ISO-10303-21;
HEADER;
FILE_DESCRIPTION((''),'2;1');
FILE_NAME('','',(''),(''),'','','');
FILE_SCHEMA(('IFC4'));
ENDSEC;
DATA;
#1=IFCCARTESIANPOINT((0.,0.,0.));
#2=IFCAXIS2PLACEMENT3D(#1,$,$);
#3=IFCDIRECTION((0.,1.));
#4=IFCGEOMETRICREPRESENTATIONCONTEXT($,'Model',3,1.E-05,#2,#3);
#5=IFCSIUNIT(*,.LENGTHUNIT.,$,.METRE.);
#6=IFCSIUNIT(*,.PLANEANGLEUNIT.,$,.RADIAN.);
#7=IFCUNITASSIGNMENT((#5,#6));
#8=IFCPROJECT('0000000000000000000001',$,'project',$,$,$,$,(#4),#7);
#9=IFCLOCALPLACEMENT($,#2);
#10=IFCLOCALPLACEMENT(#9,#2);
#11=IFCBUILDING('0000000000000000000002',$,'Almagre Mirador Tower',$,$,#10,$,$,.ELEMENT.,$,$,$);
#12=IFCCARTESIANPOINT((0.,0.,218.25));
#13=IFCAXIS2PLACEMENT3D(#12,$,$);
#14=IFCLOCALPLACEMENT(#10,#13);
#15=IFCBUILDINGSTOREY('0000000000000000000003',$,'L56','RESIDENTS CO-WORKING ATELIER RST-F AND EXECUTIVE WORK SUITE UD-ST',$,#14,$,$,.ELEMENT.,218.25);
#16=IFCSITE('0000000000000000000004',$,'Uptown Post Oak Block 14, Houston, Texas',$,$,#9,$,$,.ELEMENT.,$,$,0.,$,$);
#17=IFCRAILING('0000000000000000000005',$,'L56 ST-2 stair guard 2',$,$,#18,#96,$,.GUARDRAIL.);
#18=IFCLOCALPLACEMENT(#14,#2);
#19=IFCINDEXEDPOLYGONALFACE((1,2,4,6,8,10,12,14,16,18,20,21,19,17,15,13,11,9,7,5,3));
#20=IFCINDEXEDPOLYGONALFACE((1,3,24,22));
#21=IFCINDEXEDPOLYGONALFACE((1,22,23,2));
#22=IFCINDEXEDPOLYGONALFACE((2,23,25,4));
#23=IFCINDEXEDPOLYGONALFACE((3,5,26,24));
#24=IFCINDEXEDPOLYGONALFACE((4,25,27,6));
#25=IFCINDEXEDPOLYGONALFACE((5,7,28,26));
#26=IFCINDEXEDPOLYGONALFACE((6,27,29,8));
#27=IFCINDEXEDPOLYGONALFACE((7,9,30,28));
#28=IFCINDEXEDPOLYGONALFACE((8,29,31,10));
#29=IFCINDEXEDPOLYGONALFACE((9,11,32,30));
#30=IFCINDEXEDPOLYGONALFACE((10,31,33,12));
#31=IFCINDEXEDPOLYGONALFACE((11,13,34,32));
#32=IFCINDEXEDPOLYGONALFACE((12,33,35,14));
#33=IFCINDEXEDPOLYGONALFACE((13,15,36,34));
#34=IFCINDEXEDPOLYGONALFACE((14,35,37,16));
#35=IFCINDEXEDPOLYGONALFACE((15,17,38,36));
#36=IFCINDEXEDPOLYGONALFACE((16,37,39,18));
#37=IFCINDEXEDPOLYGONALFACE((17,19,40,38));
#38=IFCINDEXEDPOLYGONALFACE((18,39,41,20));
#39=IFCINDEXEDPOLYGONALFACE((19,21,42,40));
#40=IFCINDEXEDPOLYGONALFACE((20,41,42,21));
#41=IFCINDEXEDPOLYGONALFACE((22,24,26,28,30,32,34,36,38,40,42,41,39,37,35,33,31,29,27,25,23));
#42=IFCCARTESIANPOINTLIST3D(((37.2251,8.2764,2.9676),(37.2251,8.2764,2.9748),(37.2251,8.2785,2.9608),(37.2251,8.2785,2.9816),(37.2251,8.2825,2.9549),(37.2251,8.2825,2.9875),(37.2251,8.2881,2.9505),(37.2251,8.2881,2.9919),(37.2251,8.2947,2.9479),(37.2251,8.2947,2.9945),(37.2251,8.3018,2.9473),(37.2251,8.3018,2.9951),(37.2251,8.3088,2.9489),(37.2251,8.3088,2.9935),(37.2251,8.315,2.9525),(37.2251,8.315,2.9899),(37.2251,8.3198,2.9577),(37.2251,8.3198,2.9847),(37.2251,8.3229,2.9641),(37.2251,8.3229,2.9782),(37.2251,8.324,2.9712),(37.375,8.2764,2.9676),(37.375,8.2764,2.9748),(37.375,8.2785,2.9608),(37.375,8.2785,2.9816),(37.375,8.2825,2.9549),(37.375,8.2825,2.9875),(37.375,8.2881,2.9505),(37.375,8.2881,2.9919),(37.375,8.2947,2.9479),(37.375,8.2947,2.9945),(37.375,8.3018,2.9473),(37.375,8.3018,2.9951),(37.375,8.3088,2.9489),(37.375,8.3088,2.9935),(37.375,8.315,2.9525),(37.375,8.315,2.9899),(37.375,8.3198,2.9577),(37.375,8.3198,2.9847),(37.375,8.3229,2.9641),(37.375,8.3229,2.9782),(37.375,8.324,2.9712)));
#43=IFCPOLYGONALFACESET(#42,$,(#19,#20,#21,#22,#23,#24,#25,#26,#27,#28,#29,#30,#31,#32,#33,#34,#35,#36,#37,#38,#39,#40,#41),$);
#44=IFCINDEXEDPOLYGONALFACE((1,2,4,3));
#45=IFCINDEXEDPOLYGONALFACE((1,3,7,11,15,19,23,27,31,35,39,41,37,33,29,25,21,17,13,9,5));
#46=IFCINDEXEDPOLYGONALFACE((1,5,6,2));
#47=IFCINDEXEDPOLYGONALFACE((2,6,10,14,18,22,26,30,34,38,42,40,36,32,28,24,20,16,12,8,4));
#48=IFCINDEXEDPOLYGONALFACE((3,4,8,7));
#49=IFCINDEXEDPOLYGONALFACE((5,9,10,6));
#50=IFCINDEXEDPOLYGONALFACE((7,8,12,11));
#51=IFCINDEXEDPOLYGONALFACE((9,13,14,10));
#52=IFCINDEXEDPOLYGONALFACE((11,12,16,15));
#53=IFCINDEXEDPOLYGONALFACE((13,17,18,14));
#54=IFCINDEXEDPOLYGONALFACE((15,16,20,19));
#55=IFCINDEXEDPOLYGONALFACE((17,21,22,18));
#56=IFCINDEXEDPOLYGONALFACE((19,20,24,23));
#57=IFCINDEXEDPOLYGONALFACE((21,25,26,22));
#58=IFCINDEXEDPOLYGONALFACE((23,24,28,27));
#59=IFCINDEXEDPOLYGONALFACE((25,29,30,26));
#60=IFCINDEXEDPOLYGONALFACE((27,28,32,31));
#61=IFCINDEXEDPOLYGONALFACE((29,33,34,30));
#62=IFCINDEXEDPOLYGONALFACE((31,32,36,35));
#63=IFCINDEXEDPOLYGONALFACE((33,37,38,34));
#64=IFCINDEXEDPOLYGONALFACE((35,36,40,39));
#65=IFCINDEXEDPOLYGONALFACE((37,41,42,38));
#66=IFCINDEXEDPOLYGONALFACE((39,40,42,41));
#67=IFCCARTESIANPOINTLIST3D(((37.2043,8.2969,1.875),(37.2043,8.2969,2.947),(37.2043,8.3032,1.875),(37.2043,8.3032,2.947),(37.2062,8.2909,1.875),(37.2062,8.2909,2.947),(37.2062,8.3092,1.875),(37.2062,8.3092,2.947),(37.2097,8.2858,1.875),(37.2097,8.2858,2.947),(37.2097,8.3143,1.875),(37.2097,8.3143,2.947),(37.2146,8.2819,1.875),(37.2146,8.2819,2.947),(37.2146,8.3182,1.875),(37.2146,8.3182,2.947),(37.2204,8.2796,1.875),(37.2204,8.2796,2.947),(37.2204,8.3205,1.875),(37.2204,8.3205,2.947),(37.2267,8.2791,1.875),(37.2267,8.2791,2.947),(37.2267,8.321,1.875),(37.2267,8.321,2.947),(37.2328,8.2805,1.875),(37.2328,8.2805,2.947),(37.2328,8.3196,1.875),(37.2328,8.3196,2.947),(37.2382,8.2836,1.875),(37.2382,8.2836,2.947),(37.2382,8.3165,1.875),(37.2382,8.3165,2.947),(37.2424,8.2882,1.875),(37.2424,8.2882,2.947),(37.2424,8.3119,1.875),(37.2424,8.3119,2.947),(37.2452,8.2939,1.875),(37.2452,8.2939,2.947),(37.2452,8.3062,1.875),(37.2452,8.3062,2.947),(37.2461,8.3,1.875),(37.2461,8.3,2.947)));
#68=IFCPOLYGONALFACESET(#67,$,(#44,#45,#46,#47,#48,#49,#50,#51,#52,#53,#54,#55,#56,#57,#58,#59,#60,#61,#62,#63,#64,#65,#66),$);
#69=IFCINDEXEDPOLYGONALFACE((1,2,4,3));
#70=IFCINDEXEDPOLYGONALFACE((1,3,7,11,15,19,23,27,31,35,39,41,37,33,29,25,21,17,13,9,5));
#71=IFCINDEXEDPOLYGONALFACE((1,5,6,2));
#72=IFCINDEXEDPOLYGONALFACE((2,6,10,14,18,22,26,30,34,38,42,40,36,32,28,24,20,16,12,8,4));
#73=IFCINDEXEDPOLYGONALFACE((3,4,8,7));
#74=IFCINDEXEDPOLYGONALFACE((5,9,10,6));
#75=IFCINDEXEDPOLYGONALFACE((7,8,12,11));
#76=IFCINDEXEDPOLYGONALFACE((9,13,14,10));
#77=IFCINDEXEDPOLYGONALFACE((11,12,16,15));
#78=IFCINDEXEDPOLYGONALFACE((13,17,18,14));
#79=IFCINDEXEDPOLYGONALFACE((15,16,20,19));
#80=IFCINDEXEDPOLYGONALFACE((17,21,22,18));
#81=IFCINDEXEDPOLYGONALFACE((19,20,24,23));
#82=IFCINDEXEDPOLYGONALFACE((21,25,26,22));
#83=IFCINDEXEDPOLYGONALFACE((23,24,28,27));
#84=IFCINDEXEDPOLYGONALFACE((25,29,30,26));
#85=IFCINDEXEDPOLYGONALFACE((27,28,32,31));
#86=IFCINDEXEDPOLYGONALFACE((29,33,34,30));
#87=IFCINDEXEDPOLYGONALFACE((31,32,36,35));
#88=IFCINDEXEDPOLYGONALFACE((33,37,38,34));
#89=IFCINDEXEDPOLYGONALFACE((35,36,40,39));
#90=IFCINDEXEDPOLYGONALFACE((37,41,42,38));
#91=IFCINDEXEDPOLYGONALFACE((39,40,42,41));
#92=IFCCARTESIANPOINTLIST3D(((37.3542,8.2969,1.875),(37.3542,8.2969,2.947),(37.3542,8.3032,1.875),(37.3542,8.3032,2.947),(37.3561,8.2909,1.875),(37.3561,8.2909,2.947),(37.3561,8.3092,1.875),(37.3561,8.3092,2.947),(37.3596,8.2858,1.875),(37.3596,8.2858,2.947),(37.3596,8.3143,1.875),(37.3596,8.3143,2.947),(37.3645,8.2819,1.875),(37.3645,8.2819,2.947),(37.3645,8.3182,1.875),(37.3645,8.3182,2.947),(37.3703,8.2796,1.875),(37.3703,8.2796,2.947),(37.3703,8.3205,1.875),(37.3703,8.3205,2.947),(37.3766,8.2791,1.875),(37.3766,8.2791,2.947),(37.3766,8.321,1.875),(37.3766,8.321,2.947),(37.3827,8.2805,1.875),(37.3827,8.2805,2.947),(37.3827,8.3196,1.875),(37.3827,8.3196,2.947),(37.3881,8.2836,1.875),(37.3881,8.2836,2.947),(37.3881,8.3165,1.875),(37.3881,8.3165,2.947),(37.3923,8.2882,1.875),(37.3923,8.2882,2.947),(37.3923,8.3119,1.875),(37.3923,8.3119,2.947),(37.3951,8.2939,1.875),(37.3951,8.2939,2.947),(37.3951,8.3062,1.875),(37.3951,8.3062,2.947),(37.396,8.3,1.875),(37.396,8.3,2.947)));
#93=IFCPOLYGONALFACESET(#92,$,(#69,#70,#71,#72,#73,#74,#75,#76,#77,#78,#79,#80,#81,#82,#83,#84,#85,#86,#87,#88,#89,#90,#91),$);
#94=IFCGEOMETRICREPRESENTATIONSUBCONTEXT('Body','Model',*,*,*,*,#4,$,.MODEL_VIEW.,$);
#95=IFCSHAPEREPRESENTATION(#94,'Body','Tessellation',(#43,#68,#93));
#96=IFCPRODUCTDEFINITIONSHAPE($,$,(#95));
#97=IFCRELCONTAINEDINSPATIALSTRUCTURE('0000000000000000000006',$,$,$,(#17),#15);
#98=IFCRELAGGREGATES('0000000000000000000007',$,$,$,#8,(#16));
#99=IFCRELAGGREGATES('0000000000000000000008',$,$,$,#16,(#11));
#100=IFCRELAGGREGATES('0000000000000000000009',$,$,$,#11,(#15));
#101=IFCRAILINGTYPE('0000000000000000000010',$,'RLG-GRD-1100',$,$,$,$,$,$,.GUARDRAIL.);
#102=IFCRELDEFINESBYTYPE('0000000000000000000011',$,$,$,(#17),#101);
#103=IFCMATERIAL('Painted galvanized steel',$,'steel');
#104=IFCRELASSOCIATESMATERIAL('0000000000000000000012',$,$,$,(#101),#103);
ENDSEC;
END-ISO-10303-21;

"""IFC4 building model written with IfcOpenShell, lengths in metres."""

from ifc_helpers import new_model, si_unit, direction, frame, origin, origin_2d, place, context, subcontext, project, spatial, circle, extrude, material, type_object, element, save


model = new_model("IFC4")

# Units and contexts
model_context = context("Model", 3, precision=1e-05, world=origin(), true_north=direction((0.0, 1.0)))
body_context = subcontext(model_context, "Body", "Model", "MODEL_VIEW")
ifc_project = project(units=[si_unit("LENGTHUNIT", "METRE"), si_unit("PLANEANGLEUNIT", "RADIAN")], contexts=[model_context])

# Site, building, storey
site_placement = place(None, origin())
site = spatial("IfcSite", under=ifc_project, at=site_placement, Name="Uptown Post Oak Block 14, Houston, Texas", CompositionType="ELEMENT", RefElevation=0.0)
building_placement = place(site_placement, origin())
building = spatial("IfcBuilding", under=site, at=building_placement, Name="Almagre Mirador Tower", CompositionType="ELEMENT")
storey_placement = place(building_placement, frame((0.0, 0.0, 218.25)))
storey = spatial("IfcBuildingStorey", under=building, at=storey_placement, Name="L56", Description="RESIDENTS CO-WORKING ATELIER RST-F AND EXECUTIVE WORK SUITE UD-ST", CompositionType="ELEMENT", Elevation=218.25)

# Railing
ifc_material_1 = material(Name="Painted galvanized steel", Category="steel")
railing_type_1 = type_object("IfcRailingType", Name="RLG-GRD-1100", PredefinedType="GUARDRAIL", material=ifc_material_1)
railing_1_placement = place(storey_placement, frame((37.2251, 8.3, 1.875)))
element("IfcRailing", 1, at=railing_1_placement, inside=storey, type_object=railing_type_1, Name="L56 ST-2 stair guard 2", PredefinedType="GUARDRAIL", context=body_context, shape_type="SweptSolid", body=[
    extrude(circle(Radius=0.0239, at=origin_2d()), frame((0.0, 0.0, 1.0962), z_axis=(1.0, 0.0, 0.0), x_axis=(0.0, 1.0, 0.0)), (0.0, 0.0, 1.0), 0.1499),
    extrude(circle(Radius=0.021, at=origin_2d()), origin(), (0.0, 0.0, 1.0), 1.072),
    extrude(circle(Radius=0.021, at=origin_2d()), frame((0.1499, 0.0, 0.0)), (0.0, 0.0, 1.0), 1.072),
])

save(model, "model.ifc")
